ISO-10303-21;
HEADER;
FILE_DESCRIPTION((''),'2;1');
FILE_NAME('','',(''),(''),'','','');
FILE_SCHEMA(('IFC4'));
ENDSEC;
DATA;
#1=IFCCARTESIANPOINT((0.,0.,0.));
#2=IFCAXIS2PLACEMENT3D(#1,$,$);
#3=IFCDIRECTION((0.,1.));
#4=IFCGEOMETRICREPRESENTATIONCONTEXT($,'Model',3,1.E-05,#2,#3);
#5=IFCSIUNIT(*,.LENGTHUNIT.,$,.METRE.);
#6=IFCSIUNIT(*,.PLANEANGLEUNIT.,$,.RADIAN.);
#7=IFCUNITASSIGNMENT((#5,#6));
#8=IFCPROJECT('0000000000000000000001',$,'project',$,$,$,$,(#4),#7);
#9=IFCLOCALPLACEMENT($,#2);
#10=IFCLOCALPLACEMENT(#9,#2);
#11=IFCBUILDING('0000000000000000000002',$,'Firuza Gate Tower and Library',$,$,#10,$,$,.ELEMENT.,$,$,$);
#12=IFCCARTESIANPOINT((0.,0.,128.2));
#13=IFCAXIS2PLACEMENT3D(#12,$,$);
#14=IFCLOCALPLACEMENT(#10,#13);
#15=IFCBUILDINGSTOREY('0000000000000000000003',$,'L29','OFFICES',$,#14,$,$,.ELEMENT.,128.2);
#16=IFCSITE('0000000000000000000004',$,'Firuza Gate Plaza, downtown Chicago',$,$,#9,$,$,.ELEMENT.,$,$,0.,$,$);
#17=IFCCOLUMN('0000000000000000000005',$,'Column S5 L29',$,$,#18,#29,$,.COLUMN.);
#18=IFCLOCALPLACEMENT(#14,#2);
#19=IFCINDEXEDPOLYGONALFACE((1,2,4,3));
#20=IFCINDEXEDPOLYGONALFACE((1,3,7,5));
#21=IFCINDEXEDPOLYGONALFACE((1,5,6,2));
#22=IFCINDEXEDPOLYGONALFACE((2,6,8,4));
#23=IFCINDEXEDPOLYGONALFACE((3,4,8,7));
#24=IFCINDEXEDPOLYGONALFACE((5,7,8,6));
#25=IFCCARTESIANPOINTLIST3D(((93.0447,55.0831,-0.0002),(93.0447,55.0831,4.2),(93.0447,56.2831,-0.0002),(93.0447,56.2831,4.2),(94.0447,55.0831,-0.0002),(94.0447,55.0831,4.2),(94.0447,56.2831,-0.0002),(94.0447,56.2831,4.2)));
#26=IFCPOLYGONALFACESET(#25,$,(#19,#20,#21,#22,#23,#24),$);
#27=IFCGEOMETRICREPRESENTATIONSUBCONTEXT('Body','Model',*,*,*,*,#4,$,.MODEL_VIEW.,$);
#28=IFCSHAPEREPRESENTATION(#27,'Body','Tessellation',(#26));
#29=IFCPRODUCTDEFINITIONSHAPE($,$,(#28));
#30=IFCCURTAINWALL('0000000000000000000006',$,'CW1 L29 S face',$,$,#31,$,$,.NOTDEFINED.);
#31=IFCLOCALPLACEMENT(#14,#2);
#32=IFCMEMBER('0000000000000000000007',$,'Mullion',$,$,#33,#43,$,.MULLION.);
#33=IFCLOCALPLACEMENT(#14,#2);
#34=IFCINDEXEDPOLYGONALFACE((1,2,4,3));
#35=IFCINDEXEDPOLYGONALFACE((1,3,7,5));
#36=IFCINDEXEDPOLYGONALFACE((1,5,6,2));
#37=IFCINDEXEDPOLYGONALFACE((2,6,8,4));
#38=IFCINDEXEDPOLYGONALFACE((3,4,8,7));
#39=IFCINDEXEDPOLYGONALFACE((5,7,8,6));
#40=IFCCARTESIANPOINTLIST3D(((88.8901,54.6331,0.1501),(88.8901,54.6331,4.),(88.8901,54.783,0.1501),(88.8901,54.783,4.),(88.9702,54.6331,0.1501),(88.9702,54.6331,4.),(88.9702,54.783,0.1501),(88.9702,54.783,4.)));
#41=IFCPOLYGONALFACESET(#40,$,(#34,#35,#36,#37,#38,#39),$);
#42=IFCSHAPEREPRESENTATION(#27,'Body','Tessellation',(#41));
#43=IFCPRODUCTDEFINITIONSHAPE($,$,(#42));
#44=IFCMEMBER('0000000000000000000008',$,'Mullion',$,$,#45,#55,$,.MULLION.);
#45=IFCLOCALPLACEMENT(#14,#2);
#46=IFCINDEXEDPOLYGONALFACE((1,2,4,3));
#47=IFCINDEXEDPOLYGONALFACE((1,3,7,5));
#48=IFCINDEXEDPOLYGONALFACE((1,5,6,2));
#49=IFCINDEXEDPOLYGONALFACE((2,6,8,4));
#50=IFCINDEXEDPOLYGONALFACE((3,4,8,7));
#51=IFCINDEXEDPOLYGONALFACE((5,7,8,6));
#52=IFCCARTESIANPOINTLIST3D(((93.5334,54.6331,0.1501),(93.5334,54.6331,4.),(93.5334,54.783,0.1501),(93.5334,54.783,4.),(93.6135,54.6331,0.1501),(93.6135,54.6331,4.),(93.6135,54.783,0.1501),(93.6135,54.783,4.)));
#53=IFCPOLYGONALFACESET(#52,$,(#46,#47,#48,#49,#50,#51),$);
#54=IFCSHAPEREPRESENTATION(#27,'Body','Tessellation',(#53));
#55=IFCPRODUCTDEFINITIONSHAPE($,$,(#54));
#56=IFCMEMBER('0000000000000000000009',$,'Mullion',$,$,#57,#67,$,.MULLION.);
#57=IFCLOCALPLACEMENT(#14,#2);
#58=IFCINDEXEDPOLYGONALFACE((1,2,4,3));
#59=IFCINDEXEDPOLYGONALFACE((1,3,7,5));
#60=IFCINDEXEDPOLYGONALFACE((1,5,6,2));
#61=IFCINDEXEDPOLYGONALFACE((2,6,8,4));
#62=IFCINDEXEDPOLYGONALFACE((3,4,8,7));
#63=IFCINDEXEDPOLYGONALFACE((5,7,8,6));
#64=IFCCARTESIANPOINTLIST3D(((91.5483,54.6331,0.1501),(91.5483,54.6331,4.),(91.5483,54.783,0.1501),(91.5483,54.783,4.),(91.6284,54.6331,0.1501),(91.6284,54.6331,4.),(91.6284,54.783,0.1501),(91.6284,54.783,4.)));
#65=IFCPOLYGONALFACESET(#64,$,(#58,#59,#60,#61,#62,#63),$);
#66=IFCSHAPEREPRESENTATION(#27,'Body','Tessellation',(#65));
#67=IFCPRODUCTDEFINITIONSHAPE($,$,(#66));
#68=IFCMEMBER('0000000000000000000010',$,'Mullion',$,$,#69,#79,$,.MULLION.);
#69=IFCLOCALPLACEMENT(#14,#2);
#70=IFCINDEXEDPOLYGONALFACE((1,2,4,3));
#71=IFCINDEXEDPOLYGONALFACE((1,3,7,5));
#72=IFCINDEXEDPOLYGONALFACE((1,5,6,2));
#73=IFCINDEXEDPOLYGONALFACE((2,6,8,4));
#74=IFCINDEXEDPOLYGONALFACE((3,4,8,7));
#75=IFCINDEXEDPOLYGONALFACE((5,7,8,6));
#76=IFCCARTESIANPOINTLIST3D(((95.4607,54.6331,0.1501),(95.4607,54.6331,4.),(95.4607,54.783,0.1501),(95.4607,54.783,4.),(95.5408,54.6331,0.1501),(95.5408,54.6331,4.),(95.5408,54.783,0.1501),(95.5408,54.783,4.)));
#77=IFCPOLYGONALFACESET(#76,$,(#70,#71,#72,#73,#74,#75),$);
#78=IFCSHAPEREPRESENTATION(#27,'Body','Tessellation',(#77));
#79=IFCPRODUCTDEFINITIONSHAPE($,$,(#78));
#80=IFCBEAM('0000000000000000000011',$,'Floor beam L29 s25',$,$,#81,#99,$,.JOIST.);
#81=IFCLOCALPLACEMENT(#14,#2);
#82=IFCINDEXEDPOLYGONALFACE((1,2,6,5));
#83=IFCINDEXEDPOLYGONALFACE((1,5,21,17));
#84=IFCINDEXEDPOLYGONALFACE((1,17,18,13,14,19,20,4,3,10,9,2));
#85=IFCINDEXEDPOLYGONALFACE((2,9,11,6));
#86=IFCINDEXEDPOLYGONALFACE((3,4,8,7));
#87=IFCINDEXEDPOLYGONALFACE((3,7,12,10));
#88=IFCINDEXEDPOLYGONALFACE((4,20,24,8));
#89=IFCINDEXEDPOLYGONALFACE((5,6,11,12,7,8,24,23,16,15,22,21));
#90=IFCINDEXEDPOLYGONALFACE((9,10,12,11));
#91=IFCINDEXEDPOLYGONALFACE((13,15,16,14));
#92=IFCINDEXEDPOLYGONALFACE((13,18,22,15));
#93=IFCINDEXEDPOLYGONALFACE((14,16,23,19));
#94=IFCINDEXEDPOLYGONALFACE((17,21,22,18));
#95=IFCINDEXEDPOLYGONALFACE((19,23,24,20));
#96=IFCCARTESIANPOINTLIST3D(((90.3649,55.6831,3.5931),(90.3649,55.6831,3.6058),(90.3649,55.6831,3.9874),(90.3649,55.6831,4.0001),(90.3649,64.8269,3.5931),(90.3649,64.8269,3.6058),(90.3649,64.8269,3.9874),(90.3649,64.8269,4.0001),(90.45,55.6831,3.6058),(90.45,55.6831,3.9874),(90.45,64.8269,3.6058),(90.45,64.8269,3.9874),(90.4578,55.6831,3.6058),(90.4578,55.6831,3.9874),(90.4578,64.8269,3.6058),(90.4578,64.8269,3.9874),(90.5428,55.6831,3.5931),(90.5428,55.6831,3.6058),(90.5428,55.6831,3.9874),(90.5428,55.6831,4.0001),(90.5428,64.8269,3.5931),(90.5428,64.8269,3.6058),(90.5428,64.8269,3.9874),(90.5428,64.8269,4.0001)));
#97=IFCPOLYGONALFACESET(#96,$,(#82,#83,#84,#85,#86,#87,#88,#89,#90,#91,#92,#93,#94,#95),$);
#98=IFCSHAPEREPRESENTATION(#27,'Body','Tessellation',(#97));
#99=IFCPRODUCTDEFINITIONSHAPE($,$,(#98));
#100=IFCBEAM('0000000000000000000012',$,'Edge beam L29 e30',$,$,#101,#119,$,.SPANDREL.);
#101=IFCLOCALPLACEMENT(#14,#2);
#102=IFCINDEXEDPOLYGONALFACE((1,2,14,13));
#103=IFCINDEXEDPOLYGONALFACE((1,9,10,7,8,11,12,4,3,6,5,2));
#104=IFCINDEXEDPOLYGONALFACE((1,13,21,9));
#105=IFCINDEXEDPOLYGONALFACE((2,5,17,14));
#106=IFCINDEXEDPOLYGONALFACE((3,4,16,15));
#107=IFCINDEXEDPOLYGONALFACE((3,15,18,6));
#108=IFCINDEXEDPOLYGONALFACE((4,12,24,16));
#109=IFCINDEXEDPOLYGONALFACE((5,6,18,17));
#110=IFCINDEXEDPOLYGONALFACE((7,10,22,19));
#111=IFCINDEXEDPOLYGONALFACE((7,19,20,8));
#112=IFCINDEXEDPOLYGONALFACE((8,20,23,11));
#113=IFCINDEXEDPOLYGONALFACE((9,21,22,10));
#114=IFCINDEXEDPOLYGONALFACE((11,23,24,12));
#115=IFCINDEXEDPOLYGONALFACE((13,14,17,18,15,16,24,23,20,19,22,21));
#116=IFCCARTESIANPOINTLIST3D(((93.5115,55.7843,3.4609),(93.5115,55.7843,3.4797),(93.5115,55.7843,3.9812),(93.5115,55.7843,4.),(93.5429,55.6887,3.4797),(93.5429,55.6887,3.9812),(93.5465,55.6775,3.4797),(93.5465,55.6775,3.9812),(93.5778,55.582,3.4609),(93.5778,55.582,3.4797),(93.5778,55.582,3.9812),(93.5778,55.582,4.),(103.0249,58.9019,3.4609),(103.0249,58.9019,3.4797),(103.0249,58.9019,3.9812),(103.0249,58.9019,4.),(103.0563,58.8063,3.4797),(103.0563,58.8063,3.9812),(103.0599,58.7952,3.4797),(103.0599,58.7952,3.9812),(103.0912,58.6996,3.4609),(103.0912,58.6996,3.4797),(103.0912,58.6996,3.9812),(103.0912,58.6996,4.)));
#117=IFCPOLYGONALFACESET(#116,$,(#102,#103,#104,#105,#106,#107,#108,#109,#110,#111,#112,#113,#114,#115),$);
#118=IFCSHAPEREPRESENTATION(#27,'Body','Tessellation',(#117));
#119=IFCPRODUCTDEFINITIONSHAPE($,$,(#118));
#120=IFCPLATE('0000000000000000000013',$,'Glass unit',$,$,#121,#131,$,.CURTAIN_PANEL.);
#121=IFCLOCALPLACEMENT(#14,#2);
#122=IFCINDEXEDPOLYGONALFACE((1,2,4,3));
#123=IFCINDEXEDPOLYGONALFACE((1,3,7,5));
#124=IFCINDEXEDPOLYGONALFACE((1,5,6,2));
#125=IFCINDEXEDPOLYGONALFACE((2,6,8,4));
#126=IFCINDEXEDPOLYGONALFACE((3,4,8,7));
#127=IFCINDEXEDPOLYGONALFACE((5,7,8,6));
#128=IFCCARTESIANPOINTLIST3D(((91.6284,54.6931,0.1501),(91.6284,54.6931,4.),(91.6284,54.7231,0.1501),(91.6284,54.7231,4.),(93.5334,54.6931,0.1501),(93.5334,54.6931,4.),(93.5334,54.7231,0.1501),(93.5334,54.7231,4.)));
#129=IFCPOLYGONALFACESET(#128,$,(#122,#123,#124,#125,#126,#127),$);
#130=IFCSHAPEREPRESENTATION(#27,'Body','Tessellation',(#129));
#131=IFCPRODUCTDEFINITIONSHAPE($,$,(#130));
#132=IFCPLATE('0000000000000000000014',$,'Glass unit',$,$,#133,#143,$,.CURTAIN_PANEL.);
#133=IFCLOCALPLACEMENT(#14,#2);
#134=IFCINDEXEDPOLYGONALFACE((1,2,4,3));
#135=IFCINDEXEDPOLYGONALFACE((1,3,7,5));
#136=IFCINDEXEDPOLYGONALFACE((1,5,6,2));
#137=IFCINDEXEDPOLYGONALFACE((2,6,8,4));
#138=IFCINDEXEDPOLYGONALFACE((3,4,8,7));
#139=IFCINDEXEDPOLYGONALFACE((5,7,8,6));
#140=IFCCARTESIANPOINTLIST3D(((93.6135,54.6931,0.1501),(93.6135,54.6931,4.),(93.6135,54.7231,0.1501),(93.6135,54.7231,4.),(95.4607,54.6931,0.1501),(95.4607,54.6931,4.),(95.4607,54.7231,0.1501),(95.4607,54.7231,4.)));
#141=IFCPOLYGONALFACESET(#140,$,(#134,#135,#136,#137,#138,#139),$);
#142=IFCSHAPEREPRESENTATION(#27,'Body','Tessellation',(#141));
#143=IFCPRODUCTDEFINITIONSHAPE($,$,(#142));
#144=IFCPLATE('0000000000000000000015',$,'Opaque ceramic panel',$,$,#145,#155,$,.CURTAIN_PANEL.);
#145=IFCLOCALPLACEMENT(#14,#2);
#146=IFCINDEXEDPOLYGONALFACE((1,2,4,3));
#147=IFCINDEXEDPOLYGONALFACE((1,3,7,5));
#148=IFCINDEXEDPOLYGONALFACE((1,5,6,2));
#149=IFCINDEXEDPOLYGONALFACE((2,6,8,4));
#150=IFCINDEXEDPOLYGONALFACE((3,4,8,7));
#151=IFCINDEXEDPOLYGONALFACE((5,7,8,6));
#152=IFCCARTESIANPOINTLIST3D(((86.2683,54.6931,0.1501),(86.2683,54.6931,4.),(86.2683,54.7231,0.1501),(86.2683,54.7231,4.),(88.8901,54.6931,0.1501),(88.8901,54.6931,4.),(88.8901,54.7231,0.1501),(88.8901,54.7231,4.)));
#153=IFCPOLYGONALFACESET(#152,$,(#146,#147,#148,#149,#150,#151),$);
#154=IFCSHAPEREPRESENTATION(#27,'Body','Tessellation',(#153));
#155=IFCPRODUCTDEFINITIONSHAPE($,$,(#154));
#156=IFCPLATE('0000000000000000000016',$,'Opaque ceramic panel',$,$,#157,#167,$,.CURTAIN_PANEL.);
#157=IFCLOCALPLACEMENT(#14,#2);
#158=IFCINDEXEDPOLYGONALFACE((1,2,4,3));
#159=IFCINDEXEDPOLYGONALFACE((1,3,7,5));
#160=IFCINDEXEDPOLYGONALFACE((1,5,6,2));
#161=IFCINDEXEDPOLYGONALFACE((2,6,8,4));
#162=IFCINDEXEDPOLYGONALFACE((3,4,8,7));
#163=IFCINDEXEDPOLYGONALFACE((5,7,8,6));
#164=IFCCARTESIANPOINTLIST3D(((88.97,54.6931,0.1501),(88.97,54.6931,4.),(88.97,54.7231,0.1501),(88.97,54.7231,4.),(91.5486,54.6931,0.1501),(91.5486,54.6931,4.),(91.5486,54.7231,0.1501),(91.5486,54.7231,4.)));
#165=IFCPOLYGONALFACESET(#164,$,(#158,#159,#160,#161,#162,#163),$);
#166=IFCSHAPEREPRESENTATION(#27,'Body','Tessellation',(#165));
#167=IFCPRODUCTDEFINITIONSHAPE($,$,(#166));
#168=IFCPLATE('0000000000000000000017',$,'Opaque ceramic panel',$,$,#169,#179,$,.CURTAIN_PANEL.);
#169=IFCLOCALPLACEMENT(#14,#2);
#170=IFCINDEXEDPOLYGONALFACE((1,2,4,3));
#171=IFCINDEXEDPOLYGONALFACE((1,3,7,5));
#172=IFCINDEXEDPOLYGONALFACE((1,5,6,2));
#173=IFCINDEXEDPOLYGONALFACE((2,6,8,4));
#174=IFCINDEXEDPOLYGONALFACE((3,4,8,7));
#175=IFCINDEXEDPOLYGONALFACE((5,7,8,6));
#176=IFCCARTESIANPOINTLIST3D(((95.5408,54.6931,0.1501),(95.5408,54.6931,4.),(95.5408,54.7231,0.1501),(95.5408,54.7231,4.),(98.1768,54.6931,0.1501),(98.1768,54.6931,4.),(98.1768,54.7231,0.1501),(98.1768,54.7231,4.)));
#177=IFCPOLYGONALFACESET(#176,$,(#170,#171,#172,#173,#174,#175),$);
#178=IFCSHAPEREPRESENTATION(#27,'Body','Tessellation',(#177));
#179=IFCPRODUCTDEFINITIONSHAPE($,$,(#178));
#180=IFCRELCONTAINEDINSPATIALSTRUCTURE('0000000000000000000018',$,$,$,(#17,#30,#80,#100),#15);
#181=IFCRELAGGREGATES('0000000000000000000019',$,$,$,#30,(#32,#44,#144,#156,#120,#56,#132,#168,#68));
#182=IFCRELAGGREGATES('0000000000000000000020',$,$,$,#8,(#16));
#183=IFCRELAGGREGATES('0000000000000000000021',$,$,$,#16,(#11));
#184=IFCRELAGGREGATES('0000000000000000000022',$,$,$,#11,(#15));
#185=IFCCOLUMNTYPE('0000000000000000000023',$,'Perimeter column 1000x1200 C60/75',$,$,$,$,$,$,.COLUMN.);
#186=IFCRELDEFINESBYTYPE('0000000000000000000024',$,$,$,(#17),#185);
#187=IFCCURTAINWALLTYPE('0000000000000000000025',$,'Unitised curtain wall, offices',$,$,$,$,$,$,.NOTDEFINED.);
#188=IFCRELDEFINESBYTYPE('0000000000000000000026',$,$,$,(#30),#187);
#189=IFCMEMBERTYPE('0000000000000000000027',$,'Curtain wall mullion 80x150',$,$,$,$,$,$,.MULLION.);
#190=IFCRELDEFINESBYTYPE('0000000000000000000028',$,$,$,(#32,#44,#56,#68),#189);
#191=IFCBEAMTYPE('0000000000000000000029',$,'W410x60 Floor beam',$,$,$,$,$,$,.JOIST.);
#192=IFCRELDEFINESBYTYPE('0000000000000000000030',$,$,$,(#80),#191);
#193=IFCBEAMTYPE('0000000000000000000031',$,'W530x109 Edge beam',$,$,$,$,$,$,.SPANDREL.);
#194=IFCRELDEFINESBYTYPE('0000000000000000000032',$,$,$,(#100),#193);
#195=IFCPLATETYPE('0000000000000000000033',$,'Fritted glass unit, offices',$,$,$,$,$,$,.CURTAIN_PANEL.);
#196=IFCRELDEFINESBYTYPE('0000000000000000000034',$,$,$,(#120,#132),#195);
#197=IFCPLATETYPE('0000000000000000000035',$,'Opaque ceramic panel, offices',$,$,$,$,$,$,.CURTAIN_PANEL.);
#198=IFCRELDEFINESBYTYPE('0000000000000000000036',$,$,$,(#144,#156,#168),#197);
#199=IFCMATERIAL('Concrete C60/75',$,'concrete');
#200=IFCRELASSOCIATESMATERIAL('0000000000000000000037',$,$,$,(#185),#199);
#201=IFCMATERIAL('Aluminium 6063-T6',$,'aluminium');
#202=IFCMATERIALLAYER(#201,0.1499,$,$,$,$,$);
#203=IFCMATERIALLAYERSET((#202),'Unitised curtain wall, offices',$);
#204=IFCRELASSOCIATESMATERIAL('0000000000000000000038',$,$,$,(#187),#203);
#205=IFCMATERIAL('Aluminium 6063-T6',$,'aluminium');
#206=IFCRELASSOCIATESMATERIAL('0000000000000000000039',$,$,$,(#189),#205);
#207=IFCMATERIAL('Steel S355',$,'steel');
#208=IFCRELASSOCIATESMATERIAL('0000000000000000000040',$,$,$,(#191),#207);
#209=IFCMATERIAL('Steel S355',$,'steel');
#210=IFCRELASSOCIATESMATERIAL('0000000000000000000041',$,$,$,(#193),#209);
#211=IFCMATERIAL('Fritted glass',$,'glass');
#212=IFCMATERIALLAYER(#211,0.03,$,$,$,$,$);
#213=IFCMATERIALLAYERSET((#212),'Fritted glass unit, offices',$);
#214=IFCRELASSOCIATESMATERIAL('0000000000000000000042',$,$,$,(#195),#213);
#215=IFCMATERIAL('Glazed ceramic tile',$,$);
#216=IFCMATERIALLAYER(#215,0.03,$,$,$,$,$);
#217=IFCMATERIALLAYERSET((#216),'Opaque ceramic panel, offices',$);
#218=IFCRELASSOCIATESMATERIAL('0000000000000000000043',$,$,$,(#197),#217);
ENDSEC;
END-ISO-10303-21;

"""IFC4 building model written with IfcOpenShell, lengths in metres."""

from ifc_helpers import new_model, si_unit, direction, frame, origin, origin_2d, place, context, subcontext, project, spatial, polyline, rectangle, i_section, outline, extrude, material, layer, layer_set, material_profile, profile_set, type_object, element, aggregate, save


model = new_model("IFC4")

# Units and contexts
model_context = context("Model", 3, precision=1e-05, world=origin(), true_north=direction((0.0, 1.0)))
body_context = subcontext(model_context, "Body", "Model", "MODEL_VIEW")
ifc_project = project(units=[si_unit("LENGTHUNIT", "METRE"), si_unit("PLANEANGLEUNIT", "RADIAN")], contexts=[model_context])

# Site, building, storey
site_placement = place(None, origin())
site = spatial("IfcSite", under=ifc_project, at=site_placement, Name="Firuza Gate Plaza, downtown Chicago", CompositionType="ELEMENT", RefElevation=0.0)
building_placement = place(site_placement, origin())
building = spatial("IfcBuilding", under=site, at=building_placement, Name="Firuza Gate Tower and Library", CompositionType="ELEMENT")
storey_placement = place(building_placement, frame((0.0, 0.0, 128.2)))
storey = spatial("IfcBuildingStorey", under=building, at=storey_placement, Name="L29", Description="OFFICES", CompositionType="ELEMENT", Elevation=128.2)

# Column
ifc_material_1 = material(Name="Concrete C60/75", Category="concrete")
ifc_material_profile_1 = material_profile(ifc_material_1, rectangle(XDim=1.0, YDim=1.2, at=origin_2d()))
ifc_profile_set_1 = profile_set([ifc_material_profile_1], Name="Concrete C60/75")
column_type = type_object("IfcColumnType", Name="Perimeter column 1000x1200 C60/75", PredefinedType="COLUMN", material=ifc_profile_set_1)
column_placement = place(storey_placement, frame((93.5447, 55.6831, -0.0002), z_axis=(0.0, 0.0, 1.0), x_axis=(1.0, 0.0, 0.0)))
element("IfcColumn", 1, at=column_placement, inside=storey, type_object=column_type, Name="Column S5 L29", PredefinedType="COLUMN", context=body_context, shape_type="SweptSolid", body=[
    extrude(rectangle(XDim=1.0, YDim=1.2, at=origin_2d()), origin(), (0.0, 0.0, 1.0), 4.2002),
])

# Curtain wall, members
ifc_material_2 = material(Name="Aluminium 6063-T6", Category="aluminium")
ifc_layer_1 = layer(ifc_material_2, 0.1499)
ifc_layer_set_1 = layer_set([ifc_layer_1], Name="Unitised curtain wall, offices")
curtain_wall_type = type_object("IfcCurtainWallType", Name="Unitised curtain wall, offices", PredefinedType="NOTDEFINED", material=ifc_layer_set_1)
curtain_wall_placement = place(storey_placement, origin())
curtain_wall = element("IfcCurtainWall", 2, at=curtain_wall_placement, inside=storey, type_object=curtain_wall_type, Name="CW1 L29 S face", PredefinedType="NOTDEFINED")
ifc_material_3 = material(Name="Aluminium 6063-T6", Category="aluminium")
ifc_material_profile_2 = material_profile(ifc_material_3, rectangle(XDim=0.1499, YDim=0.0801, at=origin_2d()))
ifc_profile_set_2 = profile_set([ifc_material_profile_2], Name="Aluminium 6063-T6")
member_type = type_object("IfcMemberType", Name="Curtain wall mullion 80x150", PredefinedType="MULLION", material=ifc_profile_set_2)
member_1_placement = place(storey_placement, frame((88.9302, 54.708, 0.1501), z_axis=(0.0, 0.0, 1.0), x_axis=(0.0, 1.0, 0.0)))
member_1 = element("IfcMember", 3, at=member_1_placement, type_object=member_type, Name="Mullion", PredefinedType="MULLION", context=body_context, shape_type="SweptSolid", body=[
    extrude(rectangle(XDim=0.1499, YDim=0.0801, at=origin_2d()), origin(), (0.0, 0.0, 1.0), 3.8499),
])
member_2_placement = place(storey_placement, frame((93.5735, 54.708, 0.1501), z_axis=(0.0, 0.0, 1.0), x_axis=(0.0, 1.0, 0.0)))
member_2 = element("IfcMember", 4, at=member_2_placement, type_object=member_type, Name="Mullion", PredefinedType="MULLION", context=body_context, shape_type="SweptSolid", body=[
    extrude(rectangle(XDim=0.1499, YDim=0.0801, at=origin_2d()), origin(), (0.0, 0.0, 1.0), 3.8499),
])
member_3_placement = place(storey_placement, frame((91.5884, 54.708, 0.1501), z_axis=(0.0, 0.0, 1.0), x_axis=(0.0, 1.0, 0.0)))
member_3 = element("IfcMember", 5, at=member_3_placement, type_object=member_type, Name="Mullion", PredefinedType="MULLION", context=body_context, shape_type="SweptSolid", body=[
    extrude(rectangle(XDim=0.1499, YDim=0.0801, at=origin_2d()), origin(), (0.0, 0.0, 1.0), 3.8499),
])
member_4_placement = place(storey_placement, frame((95.5007, 54.708, 0.1501), z_axis=(0.0, 0.0, 1.0), x_axis=(0.0, 1.0, 0.0)))
member_4 = element("IfcMember", 6, at=member_4_placement, type_object=member_type, Name="Mullion", PredefinedType="MULLION", context=body_context, shape_type="SweptSolid", body=[
    extrude(rectangle(XDim=0.1499, YDim=0.0801, at=origin_2d()), origin(), (0.0, 0.0, 1.0), 3.8499),
])

# Beams
ifc_material_4 = material(Name="Steel S355", Category="steel")
ifc_material_profile_3 = material_profile(ifc_material_4, i_section(OverallWidth=0.178, OverallDepth=0.407, WebThickness=0.0078, FlangeThickness=0.0127, at=origin_2d()))
ifc_profile_set_3 = profile_set([ifc_material_profile_3], Name="Steel S355")
beam_type_1 = type_object("IfcBeamType", Name="W410x60 Floor beam", PredefinedType="JOIST", material=ifc_profile_set_3)
beam_1_placement = place(storey_placement, frame((90.4539, 55.6831, 3.7966), z_axis=(0.0, 1.0, 0.0), x_axis=(-1.0, 0.0, 0.0)))
element("IfcBeam", 7, at=beam_1_placement, inside=storey, type_object=beam_type_1, Name="Floor beam L29 s25", PredefinedType="JOIST", context=body_context, shape_type="SweptSolid", body=[
    extrude(i_section(OverallWidth=0.178, OverallDepth=0.407, WebThickness=0.0078, FlangeThickness=0.0127, at=origin_2d()), origin(), (0.0, 0.0, 1.0), 9.1438),
])
ifc_material_5 = material(Name="Steel S355", Category="steel")
ifc_material_profile_4 = material_profile(ifc_material_5, i_section(OverallWidth=0.2129, OverallDepth=0.5391, WebThickness=0.0117, FlangeThickness=0.0188, at=origin_2d()))
ifc_profile_set_4 = profile_set([ifc_material_profile_4], Name="Steel S355")
beam_type_2 = type_object("IfcBeamType", Name="W530x109 Edge beam", PredefinedType="SPANDREL", material=ifc_profile_set_4)
beam_2_placement = place(storey_placement, frame((93.5447, 55.6831, 3.7305), z_axis=(0.950273, 0.311417, 0.0), x_axis=(-0.311417, 0.950273, 0.0)))
element("IfcBeam", 8, at=beam_2_placement, inside=storey, type_object=beam_type_2, Name="Edge beam L29 e30", PredefinedType="SPANDREL", context=body_context, shape_type="SweptSolid", body=[
    extrude(i_section(OverallWidth=0.2129, OverallDepth=0.5391, WebThickness=0.0117, FlangeThickness=0.0188, at=origin_2d()), origin(), (0.0, 0.0, 1.0), 10.0112),
])

# Plates
ifc_material_6 = material(Name="Fritted glass", Category="glass")
ifc_layer_2 = layer(ifc_material_6, 0.03)
ifc_layer_set_2 = layer_set([ifc_layer_2], Name="Fritted glass unit, offices")
plate_type_1 = type_object("IfcPlateType", Name="Fritted glass unit, offices", PredefinedType="CURTAIN_PANEL", material=ifc_layer_set_2)
plate_1_placement = place(storey_placement, frame((91.6284, 54.6931, 0.1501), z_axis=(0.0, -1.0, 0.0), x_axis=(1.0, 0.0, 0.0)))
plate_1 = element("IfcPlate", 9, at=plate_1_placement, type_object=plate_type_1, Name="Glass unit", PredefinedType="CURTAIN_PANEL", context=body_context, shape_type="SweptSolid", body=[
    extrude(outline(polyline([(0.0, 0.0), (1.905, 0.0), (1.905, 3.8499), (0.0, 3.8499), (0.0, 0.0)])), origin(), (0.0, 0.0, -1.0), 0.03),
])
plate_2_placement = place(storey_placement, frame((93.6135, 54.6931, 0.1501), z_axis=(0.0, -1.0, 0.0), x_axis=(1.0, 0.0, 0.0)))
plate_2 = element("IfcPlate", 10, at=plate_2_placement, type_object=plate_type_1, Name="Glass unit", PredefinedType="CURTAIN_PANEL", context=body_context, shape_type="SweptSolid", body=[
    extrude(outline(polyline([(0.0, 0.0), (1.8472, 0.0), (1.8472, 3.8499), (0.0, 3.8499), (0.0, 0.0)])), origin(), (0.0, 0.0, -1.0), 0.03),
])
ifc_material_7 = material(Name="Glazed ceramic tile")
ifc_layer_3 = layer(ifc_material_7, 0.03)
ifc_layer_set_3 = layer_set([ifc_layer_3], Name="Opaque ceramic panel, offices")
plate_type_2 = type_object("IfcPlateType", Name="Opaque ceramic panel, offices", PredefinedType="CURTAIN_PANEL", material=ifc_layer_set_3)
plate_3_placement = place(storey_placement, frame((86.2683, 54.6931, 0.1501), z_axis=(0.0, -1.0, 0.0), x_axis=(1.0, 0.0, 0.0)))
plate_3 = element("IfcPlate", 11, at=plate_3_placement, type_object=plate_type_2, Name="Opaque ceramic panel", PredefinedType="CURTAIN_PANEL", context=body_context, shape_type="SweptSolid", body=[
    extrude(outline(polyline([(0.0, 0.0), (2.6218, 0.0), (2.6218, 3.8499), (0.0, 3.8499), (0.0, 0.0)])), origin(), (0.0, 0.0, -1.0), 0.03),
])
plate_4_placement = place(storey_placement, frame((88.97, 54.6931, 0.1501), z_axis=(0.0, -1.0, 0.0), x_axis=(1.0, 0.0, 0.0)))
plate_4 = element("IfcPlate", 12, at=plate_4_placement, type_object=plate_type_2, Name="Opaque ceramic panel", PredefinedType="CURTAIN_PANEL", context=body_context, shape_type="SweptSolid", body=[
    extrude(outline(polyline([(0.0, 0.0), (2.5786, 0.0), (2.5786, 3.8499), (0.0, 3.8499), (0.0, 0.0)])), origin(), (0.0, 0.0, -1.0), 0.03),
])
plate_5_placement = place(storey_placement, frame((95.5408, 54.6931, 0.1501), z_axis=(0.0, -1.0, 0.0), x_axis=(1.0, 0.0, 0.0)))
plate_5 = element("IfcPlate", 13, at=plate_5_placement, type_object=plate_type_2, Name="Opaque ceramic panel", PredefinedType="CURTAIN_PANEL", context=body_context, shape_type="SweptSolid", body=[
    extrude(outline(polyline([(0.0, 0.0), (2.636, 0.0), (2.636, 3.8499), (0.0, 3.8499), (0.0, 0.0)])), origin(), (0.0, 0.0, -1.0), 0.03),
])
aggregate(curtain_wall, [member_1, member_2, plate_3, plate_4, plate_1, member_3, plate_2, plate_5, member_4])

save(model, "model.ifc")
